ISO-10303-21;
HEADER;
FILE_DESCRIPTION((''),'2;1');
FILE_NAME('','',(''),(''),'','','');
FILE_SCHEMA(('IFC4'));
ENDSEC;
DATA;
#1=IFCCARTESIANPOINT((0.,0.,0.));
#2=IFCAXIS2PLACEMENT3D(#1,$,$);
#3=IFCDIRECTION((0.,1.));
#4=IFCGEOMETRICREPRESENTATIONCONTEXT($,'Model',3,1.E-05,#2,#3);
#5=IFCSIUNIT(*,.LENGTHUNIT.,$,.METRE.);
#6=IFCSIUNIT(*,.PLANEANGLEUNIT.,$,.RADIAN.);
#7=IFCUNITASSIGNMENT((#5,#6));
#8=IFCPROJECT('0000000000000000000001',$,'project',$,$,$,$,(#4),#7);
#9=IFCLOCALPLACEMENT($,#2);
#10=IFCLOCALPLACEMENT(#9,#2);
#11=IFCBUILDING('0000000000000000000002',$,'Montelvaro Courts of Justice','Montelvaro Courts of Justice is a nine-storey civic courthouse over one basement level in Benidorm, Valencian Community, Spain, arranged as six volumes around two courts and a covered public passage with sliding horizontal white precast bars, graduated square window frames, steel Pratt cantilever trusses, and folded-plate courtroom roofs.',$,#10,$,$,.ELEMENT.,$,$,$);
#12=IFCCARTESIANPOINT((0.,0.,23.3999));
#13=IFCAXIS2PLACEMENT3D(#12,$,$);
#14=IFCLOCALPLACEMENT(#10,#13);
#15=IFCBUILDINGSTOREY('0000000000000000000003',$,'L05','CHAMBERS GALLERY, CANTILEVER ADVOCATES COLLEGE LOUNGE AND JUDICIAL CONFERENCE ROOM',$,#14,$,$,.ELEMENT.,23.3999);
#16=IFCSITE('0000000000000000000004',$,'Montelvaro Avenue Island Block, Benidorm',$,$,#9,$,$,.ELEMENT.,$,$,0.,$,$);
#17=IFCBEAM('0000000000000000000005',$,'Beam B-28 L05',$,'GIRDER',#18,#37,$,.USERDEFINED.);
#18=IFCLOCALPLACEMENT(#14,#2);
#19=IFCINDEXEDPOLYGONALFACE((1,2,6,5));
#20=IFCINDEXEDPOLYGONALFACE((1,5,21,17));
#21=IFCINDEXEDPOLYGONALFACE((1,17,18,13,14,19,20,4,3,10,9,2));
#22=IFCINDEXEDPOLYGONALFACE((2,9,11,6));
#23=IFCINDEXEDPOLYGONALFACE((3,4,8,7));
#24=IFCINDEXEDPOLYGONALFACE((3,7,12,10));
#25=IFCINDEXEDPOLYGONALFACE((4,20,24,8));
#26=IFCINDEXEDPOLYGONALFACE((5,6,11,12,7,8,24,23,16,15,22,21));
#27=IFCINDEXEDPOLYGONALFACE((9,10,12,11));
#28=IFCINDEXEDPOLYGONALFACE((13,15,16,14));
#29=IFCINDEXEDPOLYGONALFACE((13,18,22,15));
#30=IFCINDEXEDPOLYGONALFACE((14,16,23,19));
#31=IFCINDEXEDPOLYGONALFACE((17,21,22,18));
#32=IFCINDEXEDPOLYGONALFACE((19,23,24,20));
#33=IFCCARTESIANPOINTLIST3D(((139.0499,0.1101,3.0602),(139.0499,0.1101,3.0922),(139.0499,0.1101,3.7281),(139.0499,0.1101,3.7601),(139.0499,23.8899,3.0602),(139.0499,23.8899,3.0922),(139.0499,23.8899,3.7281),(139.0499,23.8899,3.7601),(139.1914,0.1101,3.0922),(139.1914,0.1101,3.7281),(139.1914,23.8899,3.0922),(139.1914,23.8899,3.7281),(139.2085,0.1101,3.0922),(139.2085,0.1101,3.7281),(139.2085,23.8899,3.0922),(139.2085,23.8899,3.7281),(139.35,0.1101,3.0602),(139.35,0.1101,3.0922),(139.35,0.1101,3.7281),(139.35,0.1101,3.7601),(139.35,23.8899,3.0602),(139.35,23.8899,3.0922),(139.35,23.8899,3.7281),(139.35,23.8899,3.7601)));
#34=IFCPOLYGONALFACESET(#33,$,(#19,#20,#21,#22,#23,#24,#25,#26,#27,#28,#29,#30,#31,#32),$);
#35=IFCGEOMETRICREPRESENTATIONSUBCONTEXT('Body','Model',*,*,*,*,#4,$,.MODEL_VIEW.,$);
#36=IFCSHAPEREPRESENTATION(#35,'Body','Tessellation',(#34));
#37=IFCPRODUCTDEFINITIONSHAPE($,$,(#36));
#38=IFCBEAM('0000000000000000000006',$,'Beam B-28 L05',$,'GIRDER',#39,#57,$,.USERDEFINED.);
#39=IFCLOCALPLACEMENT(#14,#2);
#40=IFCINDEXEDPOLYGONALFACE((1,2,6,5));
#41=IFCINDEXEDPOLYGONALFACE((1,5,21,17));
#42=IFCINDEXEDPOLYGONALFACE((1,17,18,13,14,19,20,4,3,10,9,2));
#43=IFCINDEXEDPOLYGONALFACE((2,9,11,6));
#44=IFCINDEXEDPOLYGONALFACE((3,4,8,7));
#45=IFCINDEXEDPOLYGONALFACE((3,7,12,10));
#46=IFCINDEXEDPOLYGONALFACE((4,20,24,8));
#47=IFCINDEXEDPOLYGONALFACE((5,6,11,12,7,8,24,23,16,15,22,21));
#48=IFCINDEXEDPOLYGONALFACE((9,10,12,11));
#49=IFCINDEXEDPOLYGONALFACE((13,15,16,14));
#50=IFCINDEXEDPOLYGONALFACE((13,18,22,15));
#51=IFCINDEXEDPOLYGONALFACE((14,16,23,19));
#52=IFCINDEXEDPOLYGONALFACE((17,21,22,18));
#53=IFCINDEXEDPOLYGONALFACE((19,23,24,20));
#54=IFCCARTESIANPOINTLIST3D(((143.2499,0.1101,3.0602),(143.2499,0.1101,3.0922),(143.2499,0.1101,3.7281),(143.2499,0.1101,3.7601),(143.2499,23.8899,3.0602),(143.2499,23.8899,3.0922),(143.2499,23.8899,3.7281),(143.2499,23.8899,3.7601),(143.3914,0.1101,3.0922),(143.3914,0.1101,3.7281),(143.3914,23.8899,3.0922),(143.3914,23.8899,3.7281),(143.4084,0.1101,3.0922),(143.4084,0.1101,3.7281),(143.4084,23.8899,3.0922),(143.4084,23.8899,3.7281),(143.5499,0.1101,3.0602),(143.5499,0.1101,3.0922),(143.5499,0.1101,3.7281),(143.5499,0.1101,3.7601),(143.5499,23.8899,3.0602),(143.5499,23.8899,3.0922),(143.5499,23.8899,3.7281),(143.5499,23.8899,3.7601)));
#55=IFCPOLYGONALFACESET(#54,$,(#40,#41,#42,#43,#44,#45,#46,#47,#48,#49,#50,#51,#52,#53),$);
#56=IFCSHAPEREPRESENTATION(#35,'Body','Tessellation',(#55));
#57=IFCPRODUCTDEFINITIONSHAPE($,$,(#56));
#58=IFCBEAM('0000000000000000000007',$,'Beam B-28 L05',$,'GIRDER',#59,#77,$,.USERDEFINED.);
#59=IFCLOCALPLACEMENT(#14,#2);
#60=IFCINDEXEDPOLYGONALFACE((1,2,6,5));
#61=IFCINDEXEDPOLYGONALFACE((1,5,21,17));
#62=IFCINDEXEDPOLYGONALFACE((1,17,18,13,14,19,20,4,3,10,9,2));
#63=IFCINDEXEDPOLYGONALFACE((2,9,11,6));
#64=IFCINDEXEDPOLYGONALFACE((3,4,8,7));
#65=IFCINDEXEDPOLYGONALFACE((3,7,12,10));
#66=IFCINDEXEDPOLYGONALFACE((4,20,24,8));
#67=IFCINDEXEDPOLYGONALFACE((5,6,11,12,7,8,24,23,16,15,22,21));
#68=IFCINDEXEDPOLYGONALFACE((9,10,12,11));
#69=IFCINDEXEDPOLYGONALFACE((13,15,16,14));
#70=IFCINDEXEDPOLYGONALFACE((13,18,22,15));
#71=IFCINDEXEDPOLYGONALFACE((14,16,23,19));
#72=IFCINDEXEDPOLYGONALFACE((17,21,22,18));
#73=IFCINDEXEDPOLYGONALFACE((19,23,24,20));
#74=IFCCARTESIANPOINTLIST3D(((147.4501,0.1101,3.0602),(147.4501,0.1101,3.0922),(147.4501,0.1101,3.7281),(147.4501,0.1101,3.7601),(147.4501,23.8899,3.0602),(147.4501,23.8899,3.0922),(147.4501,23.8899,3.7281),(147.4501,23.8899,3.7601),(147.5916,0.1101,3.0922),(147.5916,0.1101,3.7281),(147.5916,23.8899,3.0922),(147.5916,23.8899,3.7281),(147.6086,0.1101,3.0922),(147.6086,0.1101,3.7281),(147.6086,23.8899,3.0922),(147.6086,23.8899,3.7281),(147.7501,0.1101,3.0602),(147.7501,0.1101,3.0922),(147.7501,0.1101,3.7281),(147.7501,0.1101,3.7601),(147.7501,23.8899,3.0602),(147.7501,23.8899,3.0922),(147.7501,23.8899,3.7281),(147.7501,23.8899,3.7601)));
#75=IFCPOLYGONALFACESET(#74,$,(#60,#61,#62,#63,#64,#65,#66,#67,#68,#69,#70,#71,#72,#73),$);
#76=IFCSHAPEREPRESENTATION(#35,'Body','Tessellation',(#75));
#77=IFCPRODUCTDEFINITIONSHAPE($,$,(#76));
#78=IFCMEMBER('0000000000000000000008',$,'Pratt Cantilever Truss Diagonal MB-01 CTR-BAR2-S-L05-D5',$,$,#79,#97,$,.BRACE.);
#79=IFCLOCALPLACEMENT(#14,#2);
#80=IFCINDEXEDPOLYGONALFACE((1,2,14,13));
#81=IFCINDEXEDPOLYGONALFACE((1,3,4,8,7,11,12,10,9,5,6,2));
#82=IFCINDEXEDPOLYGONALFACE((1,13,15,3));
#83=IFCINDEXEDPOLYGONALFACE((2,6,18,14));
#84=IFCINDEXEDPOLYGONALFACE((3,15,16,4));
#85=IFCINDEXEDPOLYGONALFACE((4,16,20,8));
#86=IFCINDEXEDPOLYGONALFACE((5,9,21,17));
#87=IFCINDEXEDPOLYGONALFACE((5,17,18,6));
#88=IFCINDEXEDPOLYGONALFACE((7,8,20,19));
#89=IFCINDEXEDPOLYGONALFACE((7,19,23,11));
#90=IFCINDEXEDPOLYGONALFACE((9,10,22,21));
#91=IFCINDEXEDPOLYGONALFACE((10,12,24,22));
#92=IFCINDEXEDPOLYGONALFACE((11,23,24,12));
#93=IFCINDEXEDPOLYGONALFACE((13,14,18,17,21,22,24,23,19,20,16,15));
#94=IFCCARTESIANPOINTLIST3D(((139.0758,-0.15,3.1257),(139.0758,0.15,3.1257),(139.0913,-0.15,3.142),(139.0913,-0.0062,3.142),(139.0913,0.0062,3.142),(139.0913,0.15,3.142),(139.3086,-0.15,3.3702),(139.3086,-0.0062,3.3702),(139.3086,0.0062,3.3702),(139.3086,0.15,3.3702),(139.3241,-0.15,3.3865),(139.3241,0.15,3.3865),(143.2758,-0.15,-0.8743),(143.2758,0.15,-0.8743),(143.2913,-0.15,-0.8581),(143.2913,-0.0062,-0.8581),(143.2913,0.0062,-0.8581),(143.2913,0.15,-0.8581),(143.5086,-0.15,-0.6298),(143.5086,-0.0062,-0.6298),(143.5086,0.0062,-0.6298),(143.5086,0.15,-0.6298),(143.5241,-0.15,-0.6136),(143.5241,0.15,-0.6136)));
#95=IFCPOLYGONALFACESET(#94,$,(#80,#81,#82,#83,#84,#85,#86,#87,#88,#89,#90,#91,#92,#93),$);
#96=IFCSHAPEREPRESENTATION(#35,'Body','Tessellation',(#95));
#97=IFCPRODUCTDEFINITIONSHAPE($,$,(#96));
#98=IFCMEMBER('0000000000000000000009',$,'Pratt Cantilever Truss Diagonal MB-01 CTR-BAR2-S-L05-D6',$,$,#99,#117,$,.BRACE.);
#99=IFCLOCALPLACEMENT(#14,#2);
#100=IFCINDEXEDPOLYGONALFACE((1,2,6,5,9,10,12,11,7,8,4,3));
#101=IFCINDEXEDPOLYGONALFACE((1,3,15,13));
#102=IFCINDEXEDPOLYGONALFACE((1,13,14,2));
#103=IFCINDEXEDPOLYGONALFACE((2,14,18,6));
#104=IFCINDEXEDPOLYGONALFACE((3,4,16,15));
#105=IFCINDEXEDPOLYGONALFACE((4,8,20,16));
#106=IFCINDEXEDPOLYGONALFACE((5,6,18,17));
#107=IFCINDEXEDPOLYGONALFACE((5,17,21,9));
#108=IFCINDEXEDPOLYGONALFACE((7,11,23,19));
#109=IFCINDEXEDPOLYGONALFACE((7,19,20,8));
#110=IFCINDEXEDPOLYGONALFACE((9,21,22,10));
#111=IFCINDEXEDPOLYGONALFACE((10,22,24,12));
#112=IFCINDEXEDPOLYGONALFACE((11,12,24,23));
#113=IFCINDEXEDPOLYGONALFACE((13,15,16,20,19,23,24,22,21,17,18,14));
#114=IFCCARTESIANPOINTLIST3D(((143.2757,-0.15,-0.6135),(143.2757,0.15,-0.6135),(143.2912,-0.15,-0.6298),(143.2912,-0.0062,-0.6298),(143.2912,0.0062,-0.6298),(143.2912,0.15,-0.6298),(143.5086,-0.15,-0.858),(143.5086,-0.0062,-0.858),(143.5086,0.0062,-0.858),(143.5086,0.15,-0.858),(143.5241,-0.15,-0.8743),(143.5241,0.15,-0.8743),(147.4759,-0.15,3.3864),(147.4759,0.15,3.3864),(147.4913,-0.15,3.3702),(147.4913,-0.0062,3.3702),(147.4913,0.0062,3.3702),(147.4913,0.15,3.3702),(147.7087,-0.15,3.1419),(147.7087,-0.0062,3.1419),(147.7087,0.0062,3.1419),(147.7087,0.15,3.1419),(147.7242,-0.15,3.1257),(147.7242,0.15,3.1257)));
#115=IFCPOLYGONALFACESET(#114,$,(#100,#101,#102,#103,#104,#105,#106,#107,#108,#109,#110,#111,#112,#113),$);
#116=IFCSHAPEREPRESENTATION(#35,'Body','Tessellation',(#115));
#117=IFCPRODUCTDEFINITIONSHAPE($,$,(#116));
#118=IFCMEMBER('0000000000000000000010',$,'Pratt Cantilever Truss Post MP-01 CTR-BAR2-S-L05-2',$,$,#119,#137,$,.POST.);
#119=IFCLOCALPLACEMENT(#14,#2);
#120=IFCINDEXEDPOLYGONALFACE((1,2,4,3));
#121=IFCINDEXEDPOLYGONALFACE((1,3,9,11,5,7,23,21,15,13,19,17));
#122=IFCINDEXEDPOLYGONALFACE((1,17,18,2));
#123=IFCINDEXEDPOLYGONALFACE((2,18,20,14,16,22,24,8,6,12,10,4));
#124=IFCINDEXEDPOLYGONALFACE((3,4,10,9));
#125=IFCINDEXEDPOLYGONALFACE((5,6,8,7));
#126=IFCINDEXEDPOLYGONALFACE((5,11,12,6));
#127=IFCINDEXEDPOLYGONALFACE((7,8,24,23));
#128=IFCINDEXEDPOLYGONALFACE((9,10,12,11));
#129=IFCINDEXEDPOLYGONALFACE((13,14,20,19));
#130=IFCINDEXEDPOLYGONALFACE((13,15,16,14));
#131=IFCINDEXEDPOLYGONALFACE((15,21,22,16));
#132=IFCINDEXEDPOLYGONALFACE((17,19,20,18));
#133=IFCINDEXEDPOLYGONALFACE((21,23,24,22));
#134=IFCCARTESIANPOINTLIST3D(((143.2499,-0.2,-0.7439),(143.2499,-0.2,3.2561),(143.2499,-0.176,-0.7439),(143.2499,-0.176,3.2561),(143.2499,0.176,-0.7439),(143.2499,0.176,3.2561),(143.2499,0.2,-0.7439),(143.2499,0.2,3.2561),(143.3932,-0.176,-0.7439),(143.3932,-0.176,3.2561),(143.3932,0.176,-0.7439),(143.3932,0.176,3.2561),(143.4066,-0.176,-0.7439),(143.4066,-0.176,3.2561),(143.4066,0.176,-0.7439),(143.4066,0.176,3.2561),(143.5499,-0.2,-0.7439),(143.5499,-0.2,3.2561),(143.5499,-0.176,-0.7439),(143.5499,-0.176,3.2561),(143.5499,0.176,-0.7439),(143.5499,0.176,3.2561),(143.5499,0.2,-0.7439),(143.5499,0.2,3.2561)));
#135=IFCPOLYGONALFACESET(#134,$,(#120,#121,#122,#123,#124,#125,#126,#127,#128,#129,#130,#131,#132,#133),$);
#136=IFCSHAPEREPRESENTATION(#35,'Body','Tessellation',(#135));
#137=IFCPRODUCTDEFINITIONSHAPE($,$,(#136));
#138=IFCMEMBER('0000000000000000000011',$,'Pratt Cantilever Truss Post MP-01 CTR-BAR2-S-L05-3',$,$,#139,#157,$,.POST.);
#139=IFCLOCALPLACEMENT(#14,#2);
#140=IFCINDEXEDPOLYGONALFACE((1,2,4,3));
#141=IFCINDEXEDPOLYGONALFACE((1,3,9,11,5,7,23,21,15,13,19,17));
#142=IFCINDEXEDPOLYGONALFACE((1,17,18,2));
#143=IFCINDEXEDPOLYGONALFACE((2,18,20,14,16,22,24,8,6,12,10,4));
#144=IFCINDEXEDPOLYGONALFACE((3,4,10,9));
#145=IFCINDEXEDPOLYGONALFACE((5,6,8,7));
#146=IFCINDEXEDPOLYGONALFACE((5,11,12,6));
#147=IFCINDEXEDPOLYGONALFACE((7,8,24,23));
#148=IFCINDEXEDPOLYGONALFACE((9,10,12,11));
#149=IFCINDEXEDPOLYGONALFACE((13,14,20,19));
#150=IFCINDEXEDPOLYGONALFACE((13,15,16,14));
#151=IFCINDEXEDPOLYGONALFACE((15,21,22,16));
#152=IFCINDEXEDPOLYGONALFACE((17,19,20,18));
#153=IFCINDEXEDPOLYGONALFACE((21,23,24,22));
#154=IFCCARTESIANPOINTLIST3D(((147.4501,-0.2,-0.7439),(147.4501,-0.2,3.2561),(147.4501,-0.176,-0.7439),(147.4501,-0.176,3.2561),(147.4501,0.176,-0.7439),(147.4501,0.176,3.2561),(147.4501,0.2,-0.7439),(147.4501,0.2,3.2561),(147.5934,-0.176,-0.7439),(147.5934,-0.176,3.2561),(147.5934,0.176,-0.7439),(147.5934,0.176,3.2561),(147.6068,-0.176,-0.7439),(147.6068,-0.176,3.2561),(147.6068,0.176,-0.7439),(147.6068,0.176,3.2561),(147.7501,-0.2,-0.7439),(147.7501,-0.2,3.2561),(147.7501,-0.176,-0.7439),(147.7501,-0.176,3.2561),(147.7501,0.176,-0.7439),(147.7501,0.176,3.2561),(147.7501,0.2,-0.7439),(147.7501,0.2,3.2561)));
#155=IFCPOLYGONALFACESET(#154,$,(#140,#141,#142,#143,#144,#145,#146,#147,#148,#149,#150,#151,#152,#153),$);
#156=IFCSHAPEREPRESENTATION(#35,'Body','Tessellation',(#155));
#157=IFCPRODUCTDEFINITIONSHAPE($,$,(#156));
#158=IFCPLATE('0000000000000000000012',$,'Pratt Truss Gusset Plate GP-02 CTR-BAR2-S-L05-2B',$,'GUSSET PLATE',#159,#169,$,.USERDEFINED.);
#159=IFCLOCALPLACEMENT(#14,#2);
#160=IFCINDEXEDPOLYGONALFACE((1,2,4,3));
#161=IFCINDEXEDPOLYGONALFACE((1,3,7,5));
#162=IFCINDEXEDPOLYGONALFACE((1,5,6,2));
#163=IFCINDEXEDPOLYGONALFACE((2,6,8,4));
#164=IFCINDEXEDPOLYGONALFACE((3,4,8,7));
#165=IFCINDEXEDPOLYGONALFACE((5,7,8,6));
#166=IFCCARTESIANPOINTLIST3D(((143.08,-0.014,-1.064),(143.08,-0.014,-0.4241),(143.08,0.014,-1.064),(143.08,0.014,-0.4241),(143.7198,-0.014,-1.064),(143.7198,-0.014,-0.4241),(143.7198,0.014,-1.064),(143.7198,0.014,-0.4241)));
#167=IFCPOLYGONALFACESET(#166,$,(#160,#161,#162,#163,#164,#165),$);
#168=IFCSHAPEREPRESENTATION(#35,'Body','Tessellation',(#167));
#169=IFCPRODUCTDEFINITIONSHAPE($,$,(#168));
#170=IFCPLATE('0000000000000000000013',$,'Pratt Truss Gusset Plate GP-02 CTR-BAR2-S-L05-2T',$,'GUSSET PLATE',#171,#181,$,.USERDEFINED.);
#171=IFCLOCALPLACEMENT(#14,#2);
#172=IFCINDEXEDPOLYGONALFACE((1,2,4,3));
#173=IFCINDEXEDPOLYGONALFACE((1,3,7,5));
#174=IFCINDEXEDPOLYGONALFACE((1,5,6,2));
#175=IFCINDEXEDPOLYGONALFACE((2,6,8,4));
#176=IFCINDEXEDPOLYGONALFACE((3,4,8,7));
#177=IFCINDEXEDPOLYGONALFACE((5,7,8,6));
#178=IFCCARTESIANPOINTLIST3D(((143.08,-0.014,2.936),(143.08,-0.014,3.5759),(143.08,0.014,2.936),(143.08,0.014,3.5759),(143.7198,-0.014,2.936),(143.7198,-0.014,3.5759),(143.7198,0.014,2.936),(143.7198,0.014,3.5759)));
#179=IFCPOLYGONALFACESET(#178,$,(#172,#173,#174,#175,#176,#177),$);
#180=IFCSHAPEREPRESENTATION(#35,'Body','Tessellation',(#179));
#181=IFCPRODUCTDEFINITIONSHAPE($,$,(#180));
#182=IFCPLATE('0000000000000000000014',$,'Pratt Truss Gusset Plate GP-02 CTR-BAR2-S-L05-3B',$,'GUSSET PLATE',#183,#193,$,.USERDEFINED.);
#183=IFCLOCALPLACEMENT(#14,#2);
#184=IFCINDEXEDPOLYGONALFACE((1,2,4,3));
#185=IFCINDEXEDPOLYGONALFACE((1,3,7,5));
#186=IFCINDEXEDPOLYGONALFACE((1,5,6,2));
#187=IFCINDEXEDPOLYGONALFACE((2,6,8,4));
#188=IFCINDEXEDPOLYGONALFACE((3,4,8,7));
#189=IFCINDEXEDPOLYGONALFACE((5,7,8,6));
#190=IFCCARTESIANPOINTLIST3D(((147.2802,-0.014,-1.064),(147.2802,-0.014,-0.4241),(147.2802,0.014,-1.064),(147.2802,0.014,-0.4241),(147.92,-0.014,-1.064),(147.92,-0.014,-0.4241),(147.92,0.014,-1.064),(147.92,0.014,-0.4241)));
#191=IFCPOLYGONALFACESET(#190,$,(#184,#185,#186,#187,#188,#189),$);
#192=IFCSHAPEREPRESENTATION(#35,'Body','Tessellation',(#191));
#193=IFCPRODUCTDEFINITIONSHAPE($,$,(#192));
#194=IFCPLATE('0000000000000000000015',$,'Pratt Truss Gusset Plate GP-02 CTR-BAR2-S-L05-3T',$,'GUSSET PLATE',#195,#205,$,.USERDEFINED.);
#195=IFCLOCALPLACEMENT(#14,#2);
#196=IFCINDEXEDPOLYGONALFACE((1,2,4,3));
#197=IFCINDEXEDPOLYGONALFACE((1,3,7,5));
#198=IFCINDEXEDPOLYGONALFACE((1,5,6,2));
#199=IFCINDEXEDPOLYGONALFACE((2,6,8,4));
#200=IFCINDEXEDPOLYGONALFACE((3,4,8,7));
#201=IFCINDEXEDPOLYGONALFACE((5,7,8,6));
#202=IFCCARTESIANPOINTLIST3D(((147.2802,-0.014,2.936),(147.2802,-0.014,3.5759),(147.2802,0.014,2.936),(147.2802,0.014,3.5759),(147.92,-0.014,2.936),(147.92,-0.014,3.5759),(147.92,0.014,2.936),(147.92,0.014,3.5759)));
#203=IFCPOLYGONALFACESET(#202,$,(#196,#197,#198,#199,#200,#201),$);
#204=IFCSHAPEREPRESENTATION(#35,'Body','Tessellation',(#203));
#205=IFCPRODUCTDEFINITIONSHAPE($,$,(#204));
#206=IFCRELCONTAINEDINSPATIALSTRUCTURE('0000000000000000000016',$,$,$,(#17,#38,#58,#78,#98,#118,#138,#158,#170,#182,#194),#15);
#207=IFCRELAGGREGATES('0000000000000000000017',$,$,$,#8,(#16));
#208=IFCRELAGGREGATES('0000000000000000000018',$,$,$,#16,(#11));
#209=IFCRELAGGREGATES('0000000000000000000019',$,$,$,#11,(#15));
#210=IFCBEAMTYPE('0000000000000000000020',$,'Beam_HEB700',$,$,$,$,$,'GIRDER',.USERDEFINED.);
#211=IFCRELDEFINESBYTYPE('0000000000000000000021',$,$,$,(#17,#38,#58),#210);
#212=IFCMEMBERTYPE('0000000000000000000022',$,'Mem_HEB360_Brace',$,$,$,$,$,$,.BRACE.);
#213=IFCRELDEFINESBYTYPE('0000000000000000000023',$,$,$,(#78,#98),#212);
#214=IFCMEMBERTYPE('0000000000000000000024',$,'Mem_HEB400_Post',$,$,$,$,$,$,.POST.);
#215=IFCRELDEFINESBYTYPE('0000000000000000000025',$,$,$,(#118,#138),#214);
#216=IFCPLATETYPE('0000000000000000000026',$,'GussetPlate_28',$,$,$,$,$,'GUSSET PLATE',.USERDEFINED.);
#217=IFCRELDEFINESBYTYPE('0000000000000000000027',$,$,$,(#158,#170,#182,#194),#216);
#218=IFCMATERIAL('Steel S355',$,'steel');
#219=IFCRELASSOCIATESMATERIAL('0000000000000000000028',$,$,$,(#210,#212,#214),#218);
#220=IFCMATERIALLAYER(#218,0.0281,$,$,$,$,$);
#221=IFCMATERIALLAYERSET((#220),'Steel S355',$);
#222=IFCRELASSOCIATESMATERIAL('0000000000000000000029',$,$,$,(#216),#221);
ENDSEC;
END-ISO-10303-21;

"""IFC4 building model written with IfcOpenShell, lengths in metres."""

from ifc_helpers import new_model, si_unit, direction, frame, origin, origin_2d, place, context, subcontext, project, spatial, rectangle, i_section, extrude, material, layer, layer_set, material_profile, profile_set, type_object, element, save


model = new_model("IFC4")

# Units and contexts
model_context = context("Model", 3, precision=1e-05, world=origin(), true_north=direction((0.0, 1.0)))
body_context = subcontext(model_context, "Body", "Model", "MODEL_VIEW")
ifc_project = project(units=[si_unit("LENGTHUNIT", "METRE"), si_unit("PLANEANGLEUNIT", "RADIAN")], contexts=[model_context])

# Site, building, storey
site_placement = place(None, origin())
site = spatial("IfcSite", under=ifc_project, at=site_placement, Name="Montelvaro Avenue Island Block, Benidorm", CompositionType="ELEMENT", RefElevation=0.0)
building_placement = place(site_placement, origin())
building = spatial("IfcBuilding", under=site, at=building_placement, Name="Montelvaro Courts of Justice", Description="Montelvaro Courts of Justice is a nine-storey civic courthouse over one basement level in Benidorm, Valencian Community, Spain, arranged as six volumes around two courts and a covered public passage with sliding horizontal white precast bars, graduated square window frames, steel Pratt cantilever trusses, and folded-plate courtroom roofs.", CompositionType="ELEMENT")
storey_placement = place(building_placement, frame((0.0, 0.0, 23.3999)))
storey = spatial("IfcBuildingStorey", under=building, at=storey_placement, Name="L05", Description="CHAMBERS GALLERY, CANTILEVER ADVOCATES COLLEGE LOUNGE AND JUDICIAL CONFERENCE ROOM", CompositionType="ELEMENT", Elevation=23.3999)

# Beams
ifc_material_1 = material(Name="Steel S355", Category="steel")
ifc_material_profile_1 = material_profile(ifc_material_1, i_section(OverallWidth=0.3, OverallDepth=0.7, WebThickness=0.0171, FlangeThickness=0.032, at=origin_2d()), Name="HEB 700")
ifc_profile_set_1 = profile_set([ifc_material_profile_1], Name="Steel S355")
beam_type = type_object("IfcBeamType", Name="Beam_HEB700", ElementType="GIRDER", PredefinedType="USERDEFINED", material=ifc_profile_set_1)
for number, where, z_axis, x_axis, name in (
    (1, (139.2, 0.1101, 3.4102), (0.0, 1.0, 0.0), (-1.0, 0.0, 0.0), "Beam B-28 L05"),
    (2, (143.3999, 0.1101, 3.4102), (0.0, 1.0, 0.0), (-1.0, 0.0, 0.0), "Beam B-28 L05"),
    (3, (147.6001, 0.1101, 3.4102), (0.0, 1.0, 0.0), (-1.0, 0.0, 0.0), "Beam B-28 L05"),
):
    element("IfcBeam", number, at=place(storey_placement, frame(where, z_axis=z_axis, x_axis=x_axis)), inside=storey, type_object=beam_type, Name=name, ObjectType="GIRDER", PredefinedType="USERDEFINED", context=body_context, shape_type="SweptSolid", body=[
        extrude(i_section(OverallWidth=0.3, OverallDepth=0.7, WebThickness=0.0171, FlangeThickness=0.032, at=origin_2d()), origin(), (0.0, 0.0, 1.0), 23.7798),
    ])

# Members
ifc_material_profile_2 = material_profile(ifc_material_1, i_section(OverallWidth=0.3, OverallDepth=0.3601, WebThickness=0.0125, FlangeThickness=0.0225, at=origin_2d()), Name="HEB 360")
ifc_profile_set_2 = profile_set([ifc_material_profile_2], Name="Steel S355")
member_type_1 = type_object("IfcMemberType", Name="Mem_HEB360_Brace", PredefinedType="BRACE", material=ifc_profile_set_2)
for number, where, z_axis, x_axis, name in (
    (4, (139.2, 0.0, 3.2561), (0.724134, 0.0, -0.689659), (0.0, 1.0, 0.0), "Pratt Cantilever Truss Diagonal MB-01 CTR-BAR2-S-L05-D5"),
    (5, (143.3999, 0.0, -0.7439), (0.724154, 0.0, 0.689638), (0.0, 1.0, 0.0), "Pratt Cantilever Truss Diagonal MB-01 CTR-BAR2-S-L05-D6"),
):
    element("IfcMember", number, at=place(storey_placement, frame(where, z_axis=z_axis, x_axis=x_axis)), inside=storey, type_object=member_type_1, Name=name, PredefinedType="BRACE", context=body_context, shape_type="SweptSolid", body=[
        extrude(i_section(OverallWidth=0.3, OverallDepth=0.3601, WebThickness=0.0125, FlangeThickness=0.0225, at=origin_2d()), origin(), (0.0, 0.0, 1.0), 5.8),
    ])
ifc_material_profile_3 = material_profile(ifc_material_1, i_section(OverallWidth=0.3, OverallDepth=0.3999, WebThickness=0.0134, FlangeThickness=0.0239, at=origin_2d()), Name="HEB 400")
ifc_profile_set_3 = profile_set([ifc_material_profile_3], Name="Steel S355")
member_type_2 = type_object("IfcMemberType", Name="Mem_HEB400_Post", PredefinedType="POST", material=ifc_profile_set_3)
for number, where, z_axis, x_axis, name in (
    (6, (143.3999, 0.0, -0.7439), (0.0, 0.0, 1.0), (1.0, 0.0, 0.0), "Pratt Cantilever Truss Post MP-01 CTR-BAR2-S-L05-2"),
    (7, (147.6001, 0.0, -0.7439), (0.0, 0.0, 1.0), (1.0, 0.0, 0.0), "Pratt Cantilever Truss Post MP-01 CTR-BAR2-S-L05-3"),
):
    element("IfcMember", number, at=place(storey_placement, frame(where, z_axis=z_axis, x_axis=x_axis)), inside=storey, type_object=member_type_2, Name=name, PredefinedType="POST", context=body_context, shape_type="SweptSolid", body=[
        extrude(i_section(OverallWidth=0.3, OverallDepth=0.3999, WebThickness=0.0134, FlangeThickness=0.0239, at=origin_2d()), origin(), (0.0, 0.0, 1.0), 4.0),
    ])

# Plates
ifc_layer_1 = layer(ifc_material_1, 0.0281)
ifc_layer_set_1 = layer_set([ifc_layer_1], Name="Steel S355")
plate_type_1 = type_object("IfcPlateType", Name="GussetPlate_28", ElementType="GUSSET PLATE", PredefinedType="USERDEFINED", material=ifc_layer_set_1)
for number, where, z_axis, x_axis, name in (
    (8, (143.3999, 0.0, -1.064), (0.0, 0.0, 1.0), (1.0, 0.0, 0.0), "Pratt Truss Gusset Plate GP-02 CTR-BAR2-S-L05-2B"),
    (9, (143.3999, 0.0, 2.936), (0.0, 0.0, 1.0), (1.0, 0.0, 0.0), "Pratt Truss Gusset Plate GP-02 CTR-BAR2-S-L05-2T"),
    (10, (147.6001, 0.0, -1.064), (0.0, 0.0, 1.0), (1.0, 0.0, 0.0), "Pratt Truss Gusset Plate GP-02 CTR-BAR2-S-L05-3B"),
    (11, (147.6001, 0.0, 2.936), (0.0, 0.0, 1.0), (1.0, 0.0, 0.0), "Pratt Truss Gusset Plate GP-02 CTR-BAR2-S-L05-3T"),
):
    element("IfcPlate", number, at=place(storey_placement, frame(where, z_axis=z_axis, x_axis=x_axis)), inside=storey, type_object=plate_type_1, Name=name, ObjectType="GUSSET PLATE", PredefinedType="USERDEFINED", context=body_context, shape_type="SweptSolid", body=[
        extrude(rectangle(XDim=0.6399, YDim=0.0281, at=origin_2d()), origin(), (0.0, 0.0, 1.0), 0.6399),
    ])

save(model, "model.ifc")
